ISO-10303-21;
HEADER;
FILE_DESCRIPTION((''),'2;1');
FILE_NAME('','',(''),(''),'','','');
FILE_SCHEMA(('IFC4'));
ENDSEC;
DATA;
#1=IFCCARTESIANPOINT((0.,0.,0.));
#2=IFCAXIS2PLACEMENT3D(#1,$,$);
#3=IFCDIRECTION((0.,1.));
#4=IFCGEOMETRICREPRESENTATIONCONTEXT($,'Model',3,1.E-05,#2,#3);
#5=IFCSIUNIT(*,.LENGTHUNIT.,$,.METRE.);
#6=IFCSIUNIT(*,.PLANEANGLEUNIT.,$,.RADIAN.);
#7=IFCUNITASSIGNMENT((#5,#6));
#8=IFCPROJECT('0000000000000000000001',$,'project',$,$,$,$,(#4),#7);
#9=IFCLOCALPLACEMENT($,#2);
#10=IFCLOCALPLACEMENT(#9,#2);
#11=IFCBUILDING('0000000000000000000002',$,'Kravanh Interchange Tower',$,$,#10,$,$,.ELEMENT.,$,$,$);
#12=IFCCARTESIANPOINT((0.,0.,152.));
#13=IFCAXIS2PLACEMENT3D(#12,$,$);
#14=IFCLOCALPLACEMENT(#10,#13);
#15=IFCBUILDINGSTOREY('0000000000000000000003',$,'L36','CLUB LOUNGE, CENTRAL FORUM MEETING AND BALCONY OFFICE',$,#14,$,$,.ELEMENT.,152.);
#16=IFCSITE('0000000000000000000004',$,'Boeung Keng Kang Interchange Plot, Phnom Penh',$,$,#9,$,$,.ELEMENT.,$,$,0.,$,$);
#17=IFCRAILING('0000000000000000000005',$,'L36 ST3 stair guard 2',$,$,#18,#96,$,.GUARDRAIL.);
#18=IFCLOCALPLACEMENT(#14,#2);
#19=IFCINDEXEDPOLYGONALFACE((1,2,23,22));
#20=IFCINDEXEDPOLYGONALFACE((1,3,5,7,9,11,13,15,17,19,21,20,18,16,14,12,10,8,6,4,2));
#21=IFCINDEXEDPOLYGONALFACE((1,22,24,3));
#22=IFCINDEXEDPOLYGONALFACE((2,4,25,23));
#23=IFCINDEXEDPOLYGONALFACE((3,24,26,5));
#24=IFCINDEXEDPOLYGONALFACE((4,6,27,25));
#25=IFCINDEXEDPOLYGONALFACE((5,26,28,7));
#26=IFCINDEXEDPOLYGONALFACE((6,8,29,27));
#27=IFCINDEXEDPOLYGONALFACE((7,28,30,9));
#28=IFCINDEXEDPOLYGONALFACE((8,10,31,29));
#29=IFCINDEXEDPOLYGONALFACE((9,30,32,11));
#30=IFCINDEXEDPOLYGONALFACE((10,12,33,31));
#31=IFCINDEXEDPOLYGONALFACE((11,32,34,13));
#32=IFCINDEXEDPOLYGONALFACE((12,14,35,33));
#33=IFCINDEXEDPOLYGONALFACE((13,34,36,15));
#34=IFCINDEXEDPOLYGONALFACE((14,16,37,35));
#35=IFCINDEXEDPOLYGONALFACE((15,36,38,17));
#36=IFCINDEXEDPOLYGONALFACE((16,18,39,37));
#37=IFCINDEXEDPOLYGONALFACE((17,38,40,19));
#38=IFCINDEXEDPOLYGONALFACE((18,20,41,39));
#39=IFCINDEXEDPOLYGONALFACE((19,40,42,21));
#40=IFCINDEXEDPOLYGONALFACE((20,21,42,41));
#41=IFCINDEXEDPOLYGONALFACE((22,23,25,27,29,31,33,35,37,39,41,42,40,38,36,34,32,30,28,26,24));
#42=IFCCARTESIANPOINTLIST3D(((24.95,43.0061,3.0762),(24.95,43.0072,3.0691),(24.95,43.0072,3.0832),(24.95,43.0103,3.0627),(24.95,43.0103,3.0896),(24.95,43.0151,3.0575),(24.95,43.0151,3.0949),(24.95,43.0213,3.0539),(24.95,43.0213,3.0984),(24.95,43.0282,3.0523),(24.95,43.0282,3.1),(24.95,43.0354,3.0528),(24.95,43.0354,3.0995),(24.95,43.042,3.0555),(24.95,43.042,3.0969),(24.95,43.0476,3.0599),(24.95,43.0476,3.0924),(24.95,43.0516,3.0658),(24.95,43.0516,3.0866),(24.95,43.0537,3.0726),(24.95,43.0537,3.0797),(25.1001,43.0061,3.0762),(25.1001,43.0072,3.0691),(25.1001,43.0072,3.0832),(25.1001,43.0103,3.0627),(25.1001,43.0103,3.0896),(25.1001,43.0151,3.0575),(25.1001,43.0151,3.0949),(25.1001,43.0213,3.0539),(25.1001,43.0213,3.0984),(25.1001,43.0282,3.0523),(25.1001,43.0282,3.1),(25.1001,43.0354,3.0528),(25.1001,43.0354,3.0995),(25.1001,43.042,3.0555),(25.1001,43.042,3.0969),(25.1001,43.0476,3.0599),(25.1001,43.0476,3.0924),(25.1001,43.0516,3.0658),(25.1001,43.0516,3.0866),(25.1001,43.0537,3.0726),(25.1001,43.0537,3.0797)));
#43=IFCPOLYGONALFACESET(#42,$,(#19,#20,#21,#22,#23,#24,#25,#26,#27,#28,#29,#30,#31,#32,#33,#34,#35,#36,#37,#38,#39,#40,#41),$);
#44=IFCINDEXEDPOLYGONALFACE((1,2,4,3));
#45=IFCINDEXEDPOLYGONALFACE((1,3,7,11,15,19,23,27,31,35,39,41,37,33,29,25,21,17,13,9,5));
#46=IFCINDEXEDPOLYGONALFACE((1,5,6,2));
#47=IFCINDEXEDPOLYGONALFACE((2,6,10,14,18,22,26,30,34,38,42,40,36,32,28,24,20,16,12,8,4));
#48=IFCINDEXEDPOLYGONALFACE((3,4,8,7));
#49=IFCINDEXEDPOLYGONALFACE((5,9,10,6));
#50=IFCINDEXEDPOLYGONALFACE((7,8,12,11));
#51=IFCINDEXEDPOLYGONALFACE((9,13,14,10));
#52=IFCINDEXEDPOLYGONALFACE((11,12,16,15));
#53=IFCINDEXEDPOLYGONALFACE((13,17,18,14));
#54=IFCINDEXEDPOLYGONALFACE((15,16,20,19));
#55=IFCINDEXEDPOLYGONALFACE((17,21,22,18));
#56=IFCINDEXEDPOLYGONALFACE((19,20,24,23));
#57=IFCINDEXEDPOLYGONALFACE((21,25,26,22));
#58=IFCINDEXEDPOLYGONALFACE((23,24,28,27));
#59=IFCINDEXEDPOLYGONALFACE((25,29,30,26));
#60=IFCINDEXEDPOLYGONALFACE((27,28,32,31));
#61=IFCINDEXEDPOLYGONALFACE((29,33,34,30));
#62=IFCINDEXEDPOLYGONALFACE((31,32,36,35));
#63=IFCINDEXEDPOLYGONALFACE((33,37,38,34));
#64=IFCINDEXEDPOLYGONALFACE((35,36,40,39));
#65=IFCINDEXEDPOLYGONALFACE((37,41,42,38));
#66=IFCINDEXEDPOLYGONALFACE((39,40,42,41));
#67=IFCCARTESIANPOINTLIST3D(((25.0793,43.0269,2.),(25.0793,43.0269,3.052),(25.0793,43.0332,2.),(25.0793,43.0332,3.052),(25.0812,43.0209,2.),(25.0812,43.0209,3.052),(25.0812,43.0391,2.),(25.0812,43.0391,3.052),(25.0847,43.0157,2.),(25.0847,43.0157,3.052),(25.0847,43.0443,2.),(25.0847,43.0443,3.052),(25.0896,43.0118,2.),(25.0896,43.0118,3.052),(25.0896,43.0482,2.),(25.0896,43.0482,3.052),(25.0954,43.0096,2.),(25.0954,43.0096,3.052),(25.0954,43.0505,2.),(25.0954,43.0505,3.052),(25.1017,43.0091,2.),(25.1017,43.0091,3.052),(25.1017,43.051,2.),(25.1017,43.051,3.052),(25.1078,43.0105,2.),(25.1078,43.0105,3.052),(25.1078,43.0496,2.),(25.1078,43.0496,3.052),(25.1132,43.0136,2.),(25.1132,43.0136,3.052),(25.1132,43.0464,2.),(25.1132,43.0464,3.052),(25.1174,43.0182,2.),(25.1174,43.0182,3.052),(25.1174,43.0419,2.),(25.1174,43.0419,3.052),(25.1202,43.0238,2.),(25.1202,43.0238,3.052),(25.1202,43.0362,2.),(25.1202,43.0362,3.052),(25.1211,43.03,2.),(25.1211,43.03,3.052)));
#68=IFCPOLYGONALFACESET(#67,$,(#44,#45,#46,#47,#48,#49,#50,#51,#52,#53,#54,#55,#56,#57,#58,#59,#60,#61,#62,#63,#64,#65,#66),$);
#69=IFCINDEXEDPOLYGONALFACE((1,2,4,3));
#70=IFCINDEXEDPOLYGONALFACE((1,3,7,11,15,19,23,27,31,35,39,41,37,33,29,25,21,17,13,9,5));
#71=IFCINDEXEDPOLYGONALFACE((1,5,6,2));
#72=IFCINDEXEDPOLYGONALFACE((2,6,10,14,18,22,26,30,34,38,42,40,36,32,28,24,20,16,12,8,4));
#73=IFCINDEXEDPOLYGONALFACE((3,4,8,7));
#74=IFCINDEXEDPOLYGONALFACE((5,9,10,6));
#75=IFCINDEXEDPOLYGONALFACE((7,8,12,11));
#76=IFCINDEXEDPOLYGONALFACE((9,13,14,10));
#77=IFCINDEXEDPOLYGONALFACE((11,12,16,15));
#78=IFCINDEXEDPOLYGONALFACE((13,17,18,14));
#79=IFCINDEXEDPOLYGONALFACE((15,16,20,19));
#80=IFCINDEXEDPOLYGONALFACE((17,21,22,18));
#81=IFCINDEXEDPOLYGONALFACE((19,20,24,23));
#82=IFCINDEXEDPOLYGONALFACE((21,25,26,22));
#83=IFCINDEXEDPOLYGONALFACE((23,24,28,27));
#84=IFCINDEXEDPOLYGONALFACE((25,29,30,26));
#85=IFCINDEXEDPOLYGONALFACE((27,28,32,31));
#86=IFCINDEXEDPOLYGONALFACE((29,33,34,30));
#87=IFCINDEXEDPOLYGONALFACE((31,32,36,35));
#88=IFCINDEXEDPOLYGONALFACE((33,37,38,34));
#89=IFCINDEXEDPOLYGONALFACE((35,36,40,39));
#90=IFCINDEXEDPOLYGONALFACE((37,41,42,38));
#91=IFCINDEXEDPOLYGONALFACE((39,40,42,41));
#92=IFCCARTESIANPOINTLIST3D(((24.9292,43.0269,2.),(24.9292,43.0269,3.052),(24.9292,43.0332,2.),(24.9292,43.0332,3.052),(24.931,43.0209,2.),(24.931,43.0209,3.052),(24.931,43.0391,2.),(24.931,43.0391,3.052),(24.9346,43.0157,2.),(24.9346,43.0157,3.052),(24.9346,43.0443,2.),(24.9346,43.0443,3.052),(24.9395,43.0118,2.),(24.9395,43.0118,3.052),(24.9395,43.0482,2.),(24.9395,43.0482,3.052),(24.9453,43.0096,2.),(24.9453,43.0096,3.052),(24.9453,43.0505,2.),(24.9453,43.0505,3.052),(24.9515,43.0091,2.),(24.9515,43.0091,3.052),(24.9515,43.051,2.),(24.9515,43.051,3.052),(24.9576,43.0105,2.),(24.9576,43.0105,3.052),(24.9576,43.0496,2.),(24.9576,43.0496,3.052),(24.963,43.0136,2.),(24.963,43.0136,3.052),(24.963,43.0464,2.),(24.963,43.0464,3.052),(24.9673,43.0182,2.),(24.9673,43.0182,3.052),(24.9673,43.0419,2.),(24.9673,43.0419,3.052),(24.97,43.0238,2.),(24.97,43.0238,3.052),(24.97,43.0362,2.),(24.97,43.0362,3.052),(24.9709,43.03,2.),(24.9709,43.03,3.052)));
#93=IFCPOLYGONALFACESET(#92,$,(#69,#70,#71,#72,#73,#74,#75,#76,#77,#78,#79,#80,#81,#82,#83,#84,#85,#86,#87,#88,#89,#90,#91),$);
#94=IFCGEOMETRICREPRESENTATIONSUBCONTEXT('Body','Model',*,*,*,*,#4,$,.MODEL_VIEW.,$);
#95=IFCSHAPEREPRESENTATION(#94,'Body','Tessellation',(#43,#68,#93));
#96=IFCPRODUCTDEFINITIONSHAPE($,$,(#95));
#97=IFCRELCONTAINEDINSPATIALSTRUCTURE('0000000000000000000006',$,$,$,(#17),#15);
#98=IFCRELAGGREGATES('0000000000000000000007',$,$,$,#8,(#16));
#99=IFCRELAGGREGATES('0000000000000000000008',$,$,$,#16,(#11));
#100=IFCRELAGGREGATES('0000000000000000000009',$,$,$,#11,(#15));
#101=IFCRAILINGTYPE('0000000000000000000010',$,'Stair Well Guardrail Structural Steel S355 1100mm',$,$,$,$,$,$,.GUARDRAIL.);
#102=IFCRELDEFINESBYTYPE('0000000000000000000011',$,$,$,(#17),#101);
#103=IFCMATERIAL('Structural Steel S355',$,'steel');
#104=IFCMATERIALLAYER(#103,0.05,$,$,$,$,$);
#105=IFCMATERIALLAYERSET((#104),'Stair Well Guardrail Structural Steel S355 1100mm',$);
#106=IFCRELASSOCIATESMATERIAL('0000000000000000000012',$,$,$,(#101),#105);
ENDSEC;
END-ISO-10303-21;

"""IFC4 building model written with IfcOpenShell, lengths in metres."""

from ifc_helpers import new_model, si_unit, direction, frame, origin, origin_2d, place, context, subcontext, project, spatial, circle, extrude, material, layer, layer_set, type_object, element, save


model = new_model("IFC4")

# Units and contexts
model_context = context("Model", 3, precision=1e-05, world=origin(), true_north=direction((0.0, 1.0)))
body_context = subcontext(model_context, "Body", "Model", "MODEL_VIEW")
ifc_project = project(units=[si_unit("LENGTHUNIT", "METRE"), si_unit("PLANEANGLEUNIT", "RADIAN")], contexts=[model_context])

# Site, building, storey
site_placement = place(None, origin())
site = spatial("IfcSite", under=ifc_project, at=site_placement, Name="Boeung Keng Kang Interchange Plot, Phnom Penh", CompositionType="ELEMENT", RefElevation=0.0)
building_placement = place(site_placement, origin())
building = spatial("IfcBuilding", under=site, at=building_placement, Name="Kravanh Interchange Tower", CompositionType="ELEMENT")
storey_placement = place(building_placement, frame((0.0, 0.0, 152.0)))
storey = spatial("IfcBuildingStorey", under=building, at=storey_placement, Name="L36", Description="CLUB LOUNGE, CENTRAL FORUM MEETING AND BALCONY OFFICE", CompositionType="ELEMENT", Elevation=152.0)

# Railing
ifc_material_1 = material(Name="Structural Steel S355", Category="steel")
ifc_layer_1 = layer(ifc_material_1, 0.05)
ifc_layer_set_1 = layer_set([ifc_layer_1], Name="Stair Well Guardrail Structural Steel S355 1100mm")
railing_type_1 = type_object("IfcRailingType", Name="Stair Well Guardrail Structural Steel S355 1100mm", PredefinedType="GUARDRAIL", material=ifc_layer_set_1)
railing_1_placement = place(storey_placement, frame((25.1001, 43.03, 2.0)))
element("IfcRailing", 1, at=railing_1_placement, inside=storey, type_object=railing_type_1, Name="L36 ST3 stair guard 2", PredefinedType="GUARDRAIL", context=body_context, shape_type="SweptSolid", body=[
    extrude(circle(Radius=0.0239, at=origin_2d()), frame((0.0, 0.0, 1.0762), z_axis=(-1.0, 0.0, 0.0), x_axis=(0.0, -1.0, 0.0)), (0.0, 0.0, 1.0), 0.1501),
    extrude(circle(Radius=0.021, at=origin_2d()), origin(), (0.0, 0.0, 1.0), 1.052),
    extrude(circle(Radius=0.021, at=origin_2d()), frame((-0.1501, 0.0, 0.0)), (0.0, 0.0, 1.0), 1.052),
])

save(model, "model.ifc")
